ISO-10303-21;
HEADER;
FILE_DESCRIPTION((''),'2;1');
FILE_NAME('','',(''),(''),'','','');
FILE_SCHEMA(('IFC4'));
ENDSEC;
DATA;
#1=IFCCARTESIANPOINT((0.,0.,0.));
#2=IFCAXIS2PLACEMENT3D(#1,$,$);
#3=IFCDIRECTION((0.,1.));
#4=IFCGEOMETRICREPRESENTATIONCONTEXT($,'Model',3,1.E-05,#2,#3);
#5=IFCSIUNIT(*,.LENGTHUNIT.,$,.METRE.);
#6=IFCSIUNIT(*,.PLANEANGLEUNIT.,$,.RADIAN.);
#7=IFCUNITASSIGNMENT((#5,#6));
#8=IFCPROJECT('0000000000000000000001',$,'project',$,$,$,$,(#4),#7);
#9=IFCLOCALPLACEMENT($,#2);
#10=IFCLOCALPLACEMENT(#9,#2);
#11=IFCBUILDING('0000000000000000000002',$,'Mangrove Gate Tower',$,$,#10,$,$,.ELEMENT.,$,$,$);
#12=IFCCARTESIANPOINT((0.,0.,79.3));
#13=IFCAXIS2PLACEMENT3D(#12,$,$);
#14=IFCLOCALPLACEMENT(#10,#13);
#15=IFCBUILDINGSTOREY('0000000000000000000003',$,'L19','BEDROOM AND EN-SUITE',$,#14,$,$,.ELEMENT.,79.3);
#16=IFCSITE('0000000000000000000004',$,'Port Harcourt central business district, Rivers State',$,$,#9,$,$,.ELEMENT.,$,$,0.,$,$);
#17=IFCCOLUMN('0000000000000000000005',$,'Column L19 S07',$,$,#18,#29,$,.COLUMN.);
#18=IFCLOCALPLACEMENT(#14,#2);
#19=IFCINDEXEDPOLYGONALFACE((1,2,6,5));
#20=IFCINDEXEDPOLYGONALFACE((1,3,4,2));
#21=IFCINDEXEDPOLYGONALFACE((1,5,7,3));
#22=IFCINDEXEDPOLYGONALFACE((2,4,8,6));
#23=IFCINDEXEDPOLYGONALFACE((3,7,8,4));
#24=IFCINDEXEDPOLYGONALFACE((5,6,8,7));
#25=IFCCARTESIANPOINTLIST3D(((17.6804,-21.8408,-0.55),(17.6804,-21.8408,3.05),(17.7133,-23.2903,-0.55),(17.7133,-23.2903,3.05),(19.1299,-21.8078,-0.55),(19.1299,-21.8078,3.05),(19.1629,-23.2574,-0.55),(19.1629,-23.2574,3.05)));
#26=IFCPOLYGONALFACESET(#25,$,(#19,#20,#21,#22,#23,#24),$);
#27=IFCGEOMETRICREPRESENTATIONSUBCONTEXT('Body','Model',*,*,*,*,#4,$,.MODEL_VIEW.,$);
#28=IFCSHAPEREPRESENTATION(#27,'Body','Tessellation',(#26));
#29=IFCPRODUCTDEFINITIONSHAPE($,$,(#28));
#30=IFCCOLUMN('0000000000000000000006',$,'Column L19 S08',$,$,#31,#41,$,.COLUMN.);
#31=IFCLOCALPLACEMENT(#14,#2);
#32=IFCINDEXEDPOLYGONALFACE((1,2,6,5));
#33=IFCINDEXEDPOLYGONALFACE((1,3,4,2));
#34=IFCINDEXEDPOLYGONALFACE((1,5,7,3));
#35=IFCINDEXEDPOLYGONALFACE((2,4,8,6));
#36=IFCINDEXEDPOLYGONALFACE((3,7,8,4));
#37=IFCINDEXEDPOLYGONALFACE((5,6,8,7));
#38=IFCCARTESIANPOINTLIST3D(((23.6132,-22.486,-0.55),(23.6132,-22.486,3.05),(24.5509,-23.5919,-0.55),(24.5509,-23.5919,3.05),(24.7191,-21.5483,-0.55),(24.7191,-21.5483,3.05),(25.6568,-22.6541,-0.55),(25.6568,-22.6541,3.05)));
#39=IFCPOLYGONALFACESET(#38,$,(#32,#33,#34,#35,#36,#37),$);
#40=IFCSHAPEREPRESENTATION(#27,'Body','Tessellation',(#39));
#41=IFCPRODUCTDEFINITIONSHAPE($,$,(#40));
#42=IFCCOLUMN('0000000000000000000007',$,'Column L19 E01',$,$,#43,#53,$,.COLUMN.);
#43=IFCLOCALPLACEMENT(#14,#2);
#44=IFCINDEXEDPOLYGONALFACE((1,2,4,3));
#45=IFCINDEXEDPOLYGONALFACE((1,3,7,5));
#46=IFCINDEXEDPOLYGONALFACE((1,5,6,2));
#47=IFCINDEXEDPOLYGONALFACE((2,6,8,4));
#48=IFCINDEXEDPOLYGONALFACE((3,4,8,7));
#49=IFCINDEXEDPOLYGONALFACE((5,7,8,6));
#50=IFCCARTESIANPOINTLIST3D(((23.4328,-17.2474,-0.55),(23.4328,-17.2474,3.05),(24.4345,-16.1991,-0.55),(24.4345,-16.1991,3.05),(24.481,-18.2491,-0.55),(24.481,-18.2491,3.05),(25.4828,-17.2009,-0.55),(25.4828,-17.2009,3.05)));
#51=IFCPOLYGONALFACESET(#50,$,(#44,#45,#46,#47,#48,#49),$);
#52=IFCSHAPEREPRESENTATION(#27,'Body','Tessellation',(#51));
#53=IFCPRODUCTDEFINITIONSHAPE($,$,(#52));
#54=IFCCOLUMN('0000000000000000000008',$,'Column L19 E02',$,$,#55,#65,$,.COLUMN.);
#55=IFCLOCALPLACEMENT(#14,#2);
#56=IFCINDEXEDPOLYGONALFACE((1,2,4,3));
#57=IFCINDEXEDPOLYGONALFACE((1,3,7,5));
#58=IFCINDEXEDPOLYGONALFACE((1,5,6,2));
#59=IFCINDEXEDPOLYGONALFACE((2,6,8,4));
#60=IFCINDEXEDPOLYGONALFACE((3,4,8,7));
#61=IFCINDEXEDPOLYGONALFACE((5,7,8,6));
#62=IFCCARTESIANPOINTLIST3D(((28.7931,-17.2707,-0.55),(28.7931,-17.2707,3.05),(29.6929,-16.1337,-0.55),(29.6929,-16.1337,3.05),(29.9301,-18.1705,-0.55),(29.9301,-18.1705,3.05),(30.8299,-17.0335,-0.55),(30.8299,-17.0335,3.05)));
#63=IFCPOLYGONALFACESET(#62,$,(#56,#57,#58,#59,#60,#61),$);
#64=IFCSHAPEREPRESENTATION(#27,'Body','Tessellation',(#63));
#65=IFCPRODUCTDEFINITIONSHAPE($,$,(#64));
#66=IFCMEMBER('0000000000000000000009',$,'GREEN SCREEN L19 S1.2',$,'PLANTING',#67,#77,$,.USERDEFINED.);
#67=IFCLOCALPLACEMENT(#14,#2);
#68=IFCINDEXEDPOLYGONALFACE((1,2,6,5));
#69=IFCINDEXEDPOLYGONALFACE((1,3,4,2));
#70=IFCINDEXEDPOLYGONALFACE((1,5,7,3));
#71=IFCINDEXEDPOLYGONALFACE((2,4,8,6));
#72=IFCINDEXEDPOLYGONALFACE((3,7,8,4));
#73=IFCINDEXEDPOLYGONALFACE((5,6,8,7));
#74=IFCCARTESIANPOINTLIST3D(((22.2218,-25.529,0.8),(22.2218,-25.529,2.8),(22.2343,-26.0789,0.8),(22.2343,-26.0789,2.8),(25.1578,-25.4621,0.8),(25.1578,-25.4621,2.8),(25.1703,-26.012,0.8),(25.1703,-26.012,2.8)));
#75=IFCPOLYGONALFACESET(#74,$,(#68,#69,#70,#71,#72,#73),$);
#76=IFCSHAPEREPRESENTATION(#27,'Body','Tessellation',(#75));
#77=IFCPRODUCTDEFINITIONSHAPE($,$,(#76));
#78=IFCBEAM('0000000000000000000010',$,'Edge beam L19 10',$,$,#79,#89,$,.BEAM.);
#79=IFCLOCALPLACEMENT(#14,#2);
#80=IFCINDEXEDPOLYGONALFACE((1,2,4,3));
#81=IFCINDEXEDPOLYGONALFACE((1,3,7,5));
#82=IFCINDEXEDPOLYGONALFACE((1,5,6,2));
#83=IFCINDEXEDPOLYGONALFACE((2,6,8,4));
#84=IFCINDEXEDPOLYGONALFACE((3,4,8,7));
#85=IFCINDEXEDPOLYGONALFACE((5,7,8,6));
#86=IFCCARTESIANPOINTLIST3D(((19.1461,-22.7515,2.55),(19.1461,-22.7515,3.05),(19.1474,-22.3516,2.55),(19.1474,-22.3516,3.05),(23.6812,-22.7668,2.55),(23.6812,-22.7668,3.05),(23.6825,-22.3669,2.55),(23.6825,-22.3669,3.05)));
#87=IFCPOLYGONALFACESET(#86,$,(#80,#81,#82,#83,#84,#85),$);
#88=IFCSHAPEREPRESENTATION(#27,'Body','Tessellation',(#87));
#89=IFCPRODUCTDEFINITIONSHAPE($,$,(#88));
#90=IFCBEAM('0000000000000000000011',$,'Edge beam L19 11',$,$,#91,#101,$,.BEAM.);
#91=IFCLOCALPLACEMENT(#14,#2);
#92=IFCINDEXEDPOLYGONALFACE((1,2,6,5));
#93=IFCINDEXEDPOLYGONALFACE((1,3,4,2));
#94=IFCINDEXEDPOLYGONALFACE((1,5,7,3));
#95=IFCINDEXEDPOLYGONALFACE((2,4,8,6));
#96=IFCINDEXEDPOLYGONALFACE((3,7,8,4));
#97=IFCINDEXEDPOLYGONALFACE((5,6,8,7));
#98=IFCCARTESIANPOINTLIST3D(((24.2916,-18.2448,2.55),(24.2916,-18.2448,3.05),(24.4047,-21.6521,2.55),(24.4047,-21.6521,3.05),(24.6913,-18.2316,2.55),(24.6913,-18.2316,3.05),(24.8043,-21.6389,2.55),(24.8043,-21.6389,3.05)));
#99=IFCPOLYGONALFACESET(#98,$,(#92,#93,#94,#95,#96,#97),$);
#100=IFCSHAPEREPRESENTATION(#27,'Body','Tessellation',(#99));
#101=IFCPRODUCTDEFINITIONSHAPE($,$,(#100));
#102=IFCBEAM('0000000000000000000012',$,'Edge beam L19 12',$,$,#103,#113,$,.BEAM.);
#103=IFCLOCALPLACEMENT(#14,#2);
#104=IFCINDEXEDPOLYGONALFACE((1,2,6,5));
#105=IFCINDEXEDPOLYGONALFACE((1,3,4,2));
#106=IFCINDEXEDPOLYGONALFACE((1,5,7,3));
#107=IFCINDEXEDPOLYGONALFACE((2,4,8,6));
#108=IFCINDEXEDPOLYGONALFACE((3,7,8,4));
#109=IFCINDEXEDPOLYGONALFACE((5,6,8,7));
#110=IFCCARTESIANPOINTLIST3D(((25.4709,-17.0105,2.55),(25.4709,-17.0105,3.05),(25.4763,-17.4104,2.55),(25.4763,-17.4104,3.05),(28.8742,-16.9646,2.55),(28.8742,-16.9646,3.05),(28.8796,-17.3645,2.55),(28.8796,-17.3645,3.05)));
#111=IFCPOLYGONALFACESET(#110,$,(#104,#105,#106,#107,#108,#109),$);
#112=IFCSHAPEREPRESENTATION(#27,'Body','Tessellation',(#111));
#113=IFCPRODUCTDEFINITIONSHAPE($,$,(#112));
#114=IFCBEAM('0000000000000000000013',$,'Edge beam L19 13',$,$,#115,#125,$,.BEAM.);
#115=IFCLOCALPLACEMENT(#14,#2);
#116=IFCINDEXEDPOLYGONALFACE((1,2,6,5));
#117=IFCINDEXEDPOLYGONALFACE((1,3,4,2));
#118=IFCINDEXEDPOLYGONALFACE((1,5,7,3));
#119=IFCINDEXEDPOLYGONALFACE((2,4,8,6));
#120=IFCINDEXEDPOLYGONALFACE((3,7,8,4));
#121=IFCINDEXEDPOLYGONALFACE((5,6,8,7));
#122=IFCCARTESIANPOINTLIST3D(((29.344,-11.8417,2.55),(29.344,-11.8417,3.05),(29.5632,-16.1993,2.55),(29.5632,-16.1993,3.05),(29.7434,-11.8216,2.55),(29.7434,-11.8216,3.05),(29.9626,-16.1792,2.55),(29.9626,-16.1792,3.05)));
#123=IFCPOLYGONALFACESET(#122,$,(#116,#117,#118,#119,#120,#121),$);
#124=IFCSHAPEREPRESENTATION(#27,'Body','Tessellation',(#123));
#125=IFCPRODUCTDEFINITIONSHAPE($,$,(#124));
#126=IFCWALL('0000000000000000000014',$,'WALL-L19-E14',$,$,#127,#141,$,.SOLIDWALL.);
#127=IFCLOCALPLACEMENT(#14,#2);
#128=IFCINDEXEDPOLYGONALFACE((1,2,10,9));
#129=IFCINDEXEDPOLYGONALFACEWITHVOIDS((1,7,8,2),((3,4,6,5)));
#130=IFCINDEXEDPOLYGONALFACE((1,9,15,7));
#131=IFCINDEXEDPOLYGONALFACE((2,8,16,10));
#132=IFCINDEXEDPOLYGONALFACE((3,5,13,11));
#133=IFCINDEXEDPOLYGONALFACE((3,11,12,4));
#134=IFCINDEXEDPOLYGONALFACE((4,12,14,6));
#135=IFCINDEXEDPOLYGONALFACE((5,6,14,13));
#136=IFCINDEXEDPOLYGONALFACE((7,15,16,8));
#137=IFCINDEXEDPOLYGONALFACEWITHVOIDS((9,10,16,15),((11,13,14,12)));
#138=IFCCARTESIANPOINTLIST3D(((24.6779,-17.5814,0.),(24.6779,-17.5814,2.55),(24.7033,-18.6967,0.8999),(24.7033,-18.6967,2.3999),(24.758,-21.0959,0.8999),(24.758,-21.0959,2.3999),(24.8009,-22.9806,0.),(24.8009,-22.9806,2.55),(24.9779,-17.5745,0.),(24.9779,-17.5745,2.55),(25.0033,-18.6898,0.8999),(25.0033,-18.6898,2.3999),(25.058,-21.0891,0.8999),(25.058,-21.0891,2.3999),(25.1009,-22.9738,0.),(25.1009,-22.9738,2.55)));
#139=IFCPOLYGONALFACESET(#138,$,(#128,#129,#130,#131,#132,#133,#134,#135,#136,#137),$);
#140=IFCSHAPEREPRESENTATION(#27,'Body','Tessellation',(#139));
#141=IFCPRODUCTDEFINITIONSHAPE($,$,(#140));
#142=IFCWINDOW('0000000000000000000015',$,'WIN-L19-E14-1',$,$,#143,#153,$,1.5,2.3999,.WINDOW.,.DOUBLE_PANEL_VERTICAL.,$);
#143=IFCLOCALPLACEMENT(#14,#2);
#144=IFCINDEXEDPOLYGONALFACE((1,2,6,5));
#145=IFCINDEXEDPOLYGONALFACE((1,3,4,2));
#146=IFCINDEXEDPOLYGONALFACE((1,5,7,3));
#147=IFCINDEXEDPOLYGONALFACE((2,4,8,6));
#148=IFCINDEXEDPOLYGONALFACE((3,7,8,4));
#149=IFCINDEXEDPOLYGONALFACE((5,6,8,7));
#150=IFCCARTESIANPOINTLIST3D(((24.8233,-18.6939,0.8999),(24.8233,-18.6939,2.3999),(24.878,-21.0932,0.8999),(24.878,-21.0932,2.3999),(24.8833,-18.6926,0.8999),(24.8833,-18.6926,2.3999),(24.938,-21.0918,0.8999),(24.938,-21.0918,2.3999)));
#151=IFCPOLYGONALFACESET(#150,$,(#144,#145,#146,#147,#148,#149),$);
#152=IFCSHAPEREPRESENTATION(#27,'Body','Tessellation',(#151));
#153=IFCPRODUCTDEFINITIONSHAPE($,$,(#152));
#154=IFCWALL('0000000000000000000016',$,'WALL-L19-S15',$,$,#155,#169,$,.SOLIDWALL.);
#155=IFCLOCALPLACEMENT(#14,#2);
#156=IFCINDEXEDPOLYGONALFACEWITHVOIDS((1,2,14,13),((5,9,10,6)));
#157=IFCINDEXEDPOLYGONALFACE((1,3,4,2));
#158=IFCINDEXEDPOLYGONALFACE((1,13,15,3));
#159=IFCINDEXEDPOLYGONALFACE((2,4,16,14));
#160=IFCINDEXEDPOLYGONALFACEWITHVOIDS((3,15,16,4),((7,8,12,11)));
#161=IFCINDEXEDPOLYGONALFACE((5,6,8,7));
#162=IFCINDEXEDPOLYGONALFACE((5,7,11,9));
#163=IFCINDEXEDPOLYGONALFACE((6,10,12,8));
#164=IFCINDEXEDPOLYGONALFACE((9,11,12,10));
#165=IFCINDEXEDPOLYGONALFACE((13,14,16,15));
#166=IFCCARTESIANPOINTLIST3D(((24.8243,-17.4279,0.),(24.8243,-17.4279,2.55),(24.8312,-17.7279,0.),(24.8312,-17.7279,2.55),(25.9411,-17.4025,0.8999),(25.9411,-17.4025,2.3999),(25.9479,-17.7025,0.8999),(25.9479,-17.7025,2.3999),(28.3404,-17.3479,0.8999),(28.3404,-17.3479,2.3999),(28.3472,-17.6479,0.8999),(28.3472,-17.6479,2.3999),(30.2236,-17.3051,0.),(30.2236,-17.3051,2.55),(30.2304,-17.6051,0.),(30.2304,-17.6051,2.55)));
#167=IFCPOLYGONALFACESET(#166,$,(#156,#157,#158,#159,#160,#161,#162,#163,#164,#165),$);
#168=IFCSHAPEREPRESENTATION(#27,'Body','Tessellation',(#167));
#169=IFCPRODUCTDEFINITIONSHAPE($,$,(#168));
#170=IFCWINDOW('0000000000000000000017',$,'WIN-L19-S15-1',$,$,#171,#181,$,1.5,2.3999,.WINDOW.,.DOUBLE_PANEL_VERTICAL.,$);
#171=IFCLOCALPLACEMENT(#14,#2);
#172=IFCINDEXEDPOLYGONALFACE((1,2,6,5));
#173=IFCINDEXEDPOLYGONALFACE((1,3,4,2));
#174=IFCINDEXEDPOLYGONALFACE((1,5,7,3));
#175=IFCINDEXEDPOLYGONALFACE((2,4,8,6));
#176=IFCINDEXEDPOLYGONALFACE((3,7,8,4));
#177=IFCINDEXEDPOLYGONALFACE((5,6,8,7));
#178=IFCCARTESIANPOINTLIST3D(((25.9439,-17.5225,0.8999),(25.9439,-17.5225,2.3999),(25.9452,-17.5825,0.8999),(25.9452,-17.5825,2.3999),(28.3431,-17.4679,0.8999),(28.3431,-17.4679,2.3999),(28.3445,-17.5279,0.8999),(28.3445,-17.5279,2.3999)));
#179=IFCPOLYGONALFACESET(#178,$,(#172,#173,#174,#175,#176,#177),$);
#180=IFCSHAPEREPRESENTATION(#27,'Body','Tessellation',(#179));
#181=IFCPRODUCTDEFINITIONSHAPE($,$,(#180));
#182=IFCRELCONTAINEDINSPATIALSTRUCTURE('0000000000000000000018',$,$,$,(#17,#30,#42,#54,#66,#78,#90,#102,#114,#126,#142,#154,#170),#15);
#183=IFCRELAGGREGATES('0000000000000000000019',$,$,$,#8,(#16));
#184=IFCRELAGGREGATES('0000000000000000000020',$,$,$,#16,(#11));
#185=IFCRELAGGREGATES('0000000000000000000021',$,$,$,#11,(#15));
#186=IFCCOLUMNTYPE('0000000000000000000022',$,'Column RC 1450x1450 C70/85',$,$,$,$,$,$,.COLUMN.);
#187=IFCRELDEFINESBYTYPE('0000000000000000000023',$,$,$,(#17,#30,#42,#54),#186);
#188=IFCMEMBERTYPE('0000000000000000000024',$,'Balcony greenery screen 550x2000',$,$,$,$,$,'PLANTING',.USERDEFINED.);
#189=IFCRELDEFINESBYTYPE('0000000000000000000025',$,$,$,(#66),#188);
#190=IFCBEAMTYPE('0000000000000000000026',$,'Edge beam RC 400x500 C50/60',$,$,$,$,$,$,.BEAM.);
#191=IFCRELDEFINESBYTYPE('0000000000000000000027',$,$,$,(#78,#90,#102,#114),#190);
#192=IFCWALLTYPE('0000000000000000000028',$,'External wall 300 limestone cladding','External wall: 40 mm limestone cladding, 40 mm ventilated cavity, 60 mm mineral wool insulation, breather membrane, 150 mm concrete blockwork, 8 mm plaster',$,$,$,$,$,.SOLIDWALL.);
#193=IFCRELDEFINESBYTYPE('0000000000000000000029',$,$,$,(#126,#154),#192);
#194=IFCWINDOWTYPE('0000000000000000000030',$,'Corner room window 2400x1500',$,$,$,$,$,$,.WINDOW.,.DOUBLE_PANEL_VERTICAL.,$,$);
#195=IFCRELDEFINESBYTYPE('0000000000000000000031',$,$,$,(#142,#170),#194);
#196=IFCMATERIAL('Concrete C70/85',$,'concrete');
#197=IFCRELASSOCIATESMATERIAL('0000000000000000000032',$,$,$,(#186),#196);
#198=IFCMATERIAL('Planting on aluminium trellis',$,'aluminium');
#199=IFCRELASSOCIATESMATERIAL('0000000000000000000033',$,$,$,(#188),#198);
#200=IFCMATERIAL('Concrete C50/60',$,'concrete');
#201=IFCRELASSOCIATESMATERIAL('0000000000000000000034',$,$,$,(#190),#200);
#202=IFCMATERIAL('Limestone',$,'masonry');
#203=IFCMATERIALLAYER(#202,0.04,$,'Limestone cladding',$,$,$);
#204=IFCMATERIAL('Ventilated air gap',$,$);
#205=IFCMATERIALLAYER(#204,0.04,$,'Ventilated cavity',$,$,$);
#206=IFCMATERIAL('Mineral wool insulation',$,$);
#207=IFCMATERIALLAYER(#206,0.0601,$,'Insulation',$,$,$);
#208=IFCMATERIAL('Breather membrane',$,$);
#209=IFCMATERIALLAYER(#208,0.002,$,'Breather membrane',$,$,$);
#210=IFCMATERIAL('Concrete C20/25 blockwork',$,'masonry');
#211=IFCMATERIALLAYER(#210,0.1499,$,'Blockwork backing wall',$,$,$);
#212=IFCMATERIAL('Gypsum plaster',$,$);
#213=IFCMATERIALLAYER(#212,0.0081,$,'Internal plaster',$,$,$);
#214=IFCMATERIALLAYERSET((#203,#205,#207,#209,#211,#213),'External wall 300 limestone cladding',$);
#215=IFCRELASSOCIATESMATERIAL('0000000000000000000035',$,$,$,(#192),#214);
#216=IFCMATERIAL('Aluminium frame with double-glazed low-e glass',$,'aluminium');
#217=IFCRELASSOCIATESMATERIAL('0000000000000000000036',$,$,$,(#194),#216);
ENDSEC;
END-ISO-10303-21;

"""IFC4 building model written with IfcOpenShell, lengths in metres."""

from ifc_helpers import new_model, si_unit, direction, frame, frame_2d, origin, origin_2d, place, context, subcontext, project, spatial, rectangle, extrude, material, layer, layer_set, material_profile, profile_set, type_object, element, fill, save


model = new_model("IFC4")

# Units and contexts
model_context = context("Model", 3, precision=1e-05, world=origin(), true_north=direction((0.0, 1.0)))
body_context = subcontext(model_context, "Body", "Model", "MODEL_VIEW")
ifc_project = project(units=[si_unit("LENGTHUNIT", "METRE"), si_unit("PLANEANGLEUNIT", "RADIAN")], contexts=[model_context])

# Site, building, storey
site_placement = place(None, origin())
site = spatial("IfcSite", under=ifc_project, at=site_placement, Name="Port Harcourt central business district, Rivers State", CompositionType="ELEMENT", RefElevation=0.0)
building_placement = place(site_placement, origin())
building = spatial("IfcBuilding", under=site, at=building_placement, Name="Mangrove Gate Tower", CompositionType="ELEMENT")
storey_placement = place(building_placement, frame((0.0, 0.0, 79.3)))
storey = spatial("IfcBuildingStorey", under=building, at=storey_placement, Name="L19", Description="BEDROOM AND EN-SUITE", CompositionType="ELEMENT", Elevation=79.3)

# Columns
ifc_material_1 = material(Name="Concrete C70/85", Category="concrete")
ifc_material_profile_1 = material_profile(ifc_material_1, rectangle(XDim=1.45, YDim=1.45, at=origin_2d()))
ifc_profile_set_1 = profile_set([ifc_material_profile_1], Name="Concrete C70/85")
column_type = type_object("IfcColumnType", Name="Column RC 1450x1450 C70/85", PredefinedType="COLUMN", material=ifc_profile_set_1)
for number, where, z_axis, x_axis, name in (
    (1, (18.4216, -22.5491, -0.55), (0.0, 0.0, 1.0), (0.999742, 0.022723, 0.0), "Column L19 S07"),
    (2, (24.635, -22.5701, -0.55), (0.0, 0.0, 1.0), (0.762709, 0.646741, 0.0), "Column L19 S08"),
    (3, (24.4578, -17.2241, -0.55), (0.0, 0.0, 1.0), (0.690884, 0.722966, 0.0), "Column L19 E01"),
    (4, (29.8115, -17.1521, -0.55), (0.0, 0.0, 1.0), (0.620564, 0.784156, 0.0), "Column L19 E02"),
):
    element("IfcColumn", number, at=place(storey_placement, frame(where, z_axis=z_axis, x_axis=x_axis)), inside=storey, type_object=column_type, Name=name, PredefinedType="COLUMN", context=body_context, shape_type="SweptSolid", body=[
        extrude(rectangle(XDim=1.45, YDim=1.45, at=origin_2d()), origin(), (0.0, 0.0, 1.0), 3.6001),
    ])

# Member
ifc_material_2 = material(Name="Planting on aluminium trellis", Category="aluminium")
ifc_material_profile_2 = material_profile(ifc_material_2, rectangle(XDim=0.55, YDim=2.0, at=origin_2d()))
ifc_profile_set_2 = profile_set([ifc_material_profile_2], Name="Planting on aluminium trellis")
member_type = type_object("IfcMemberType", Name="Balcony greenery screen 550x2000", ElementType="PLANTING", PredefinedType="USERDEFINED", material=ifc_profile_set_2)
member_placement = place(storey_placement, frame((22.228, -25.804, 1.8), z_axis=(0.999741, 0.022778, 0.0), x_axis=(-0.022778, 0.999741, 0.0)))
element("IfcMember", 5, at=member_placement, inside=storey, type_object=member_type, Name="GREEN SCREEN L19 S1.2", ObjectType="PLANTING", PredefinedType="USERDEFINED", context=body_context, shape_type="SweptSolid", body=[
    extrude(rectangle(XDim=0.55, YDim=2.0, at=origin_2d()), origin(), (0.0, 0.0, 1.0), 2.9368),
])

# Beams
ifc_material_3 = material(Name="Concrete C50/60", Category="concrete")
ifc_material_profile_3 = material_profile(ifc_material_3, rectangle(XDim=0.3999, YDim=0.5, at=origin_2d()))
ifc_profile_set_3 = profile_set([ifc_material_profile_3], Name="Concrete C50/60")
beam_type = type_object("IfcBeamType", Name="Edge beam RC 400x500 C50/60", PredefinedType="BEAM", material=ifc_profile_set_3)
beam_1_placement = place(storey_placement, frame((19.1467, -22.5515, 2.8), z_axis=(0.999994, -0.003391, 0.0), x_axis=(0.003391, 0.999994, 0.0)))
element("IfcBeam", 6, at=beam_1_placement, inside=storey, type_object=beam_type, Name="Edge beam L19 10", PredefinedType="BEAM", context=body_context, shape_type="SweptSolid", body=[
    extrude(rectangle(XDim=0.3999, YDim=0.5, at=origin_2d()), origin(), (0.0, 0.0, 1.0), 4.5352),
])
beam_2_placement = place(storey_placement, frame((24.6045, -21.6455, 2.8), z_axis=(-0.033157, 0.99945, 0.0), x_axis=(-0.99945, -0.033157, 0.0)))
element("IfcBeam", 7, at=beam_2_placement, inside=storey, type_object=beam_type, Name="Edge beam L19 11", PredefinedType="BEAM", context=body_context, shape_type="SweptSolid", body=[
    extrude(rectangle(XDim=0.3999, YDim=0.5, at=origin_2d()), origin(), (0.0, 0.0, 1.0), 3.4092),
])
beam_3_placement = place(storey_placement, frame((25.4736, -17.2104, 2.8), z_axis=(0.999909, 0.013485, 0.0), x_axis=(-0.013485, 0.999909, 0.0)))
element("IfcBeam", 8, at=beam_3_placement, inside=storey, type_object=beam_type, Name="Edge beam L19 12", PredefinedType="BEAM", context=body_context, shape_type="SweptSolid", body=[
    extrude(rectangle(XDim=0.3999, YDim=0.5, at=origin_2d()), origin(), (0.0, 0.0, 1.0), 3.4036),
])
beam_4_placement = place(storey_placement, frame((29.7629, -16.1892, 2.8), z_axis=(-0.05025, 0.998737, 0.0), x_axis=(-0.998737, -0.05025, 0.0)))
element("IfcBeam", 9, at=beam_4_placement, inside=storey, type_object=beam_type, Name="Edge beam L19 13", PredefinedType="BEAM", context=body_context, shape_type="SweptSolid", body=[
    extrude(rectangle(XDim=0.3999, YDim=0.5, at=origin_2d()), origin(), (0.0, 0.0, 1.0), 4.363),
])

# Shared definitions
ifc_material_4 = material(Name="Limestone", Category="masonry")
ifc_layer_1 = layer(ifc_material_4, 0.04, Name="Limestone cladding")
ifc_material_5 = material(Name="Ventilated air gap")
ifc_layer_2 = layer(ifc_material_5, 0.04, Name="Ventilated cavity")
ifc_material_6 = material(Name="Mineral wool insulation")
ifc_layer_3 = layer(ifc_material_6, 0.0601, Name="Insulation")
ifc_material_7 = material(Name="Breather membrane")
ifc_layer_4 = layer(ifc_material_7, 0.002, Name="Breather membrane")
ifc_material_8 = material(Name="Concrete C20/25 blockwork", Category="masonry")
ifc_layer_5 = layer(ifc_material_8, 0.1499, Name="Blockwork backing wall")
ifc_material_9 = material(Name="Gypsum plaster")
ifc_layer_6 = layer(ifc_material_9, 0.0081, Name="Internal plaster")
ifc_layer_set_1 = layer_set([ifc_layer_1, ifc_layer_2, ifc_layer_3, ifc_layer_4, ifc_layer_5, ifc_layer_6], Name="External wall 300 limestone cladding")
wall_type_1 = type_object("IfcWallType", Name="External wall 300 limestone cladding", Description="External wall: 40 mm limestone cladding, 40 mm ventilated cavity, 60 mm mineral wool insulation, breather membrane, 150 mm concrete blockwork, 8 mm plaster", PredefinedType="SOLIDWALL", material=ifc_layer_set_1)

# Walls, openings, windows
wall_1_placement = place(storey_placement, frame((24.9509, -22.9771, 0.0), z_axis=(0.0, 0.0, 1.0), x_axis=(-0.022784, 0.99974, 0.0)))
wall_1 = element("IfcWall", 10, at=wall_1_placement, inside=storey, type_object=wall_type_1, Name="WALL-L19-E14", PredefinedType="SOLIDWALL", context=body_context, shape_type="SweptSolid", body=[
    extrude(rectangle(XDim=5.4006, YDim=0.3, at=frame_2d((2.7002, 0.0))), origin(), (0.0, 0.0, 1.0), 2.55),
])
opening_1_placement = place(wall_1_placement, frame((1.885, 0.0, 0.8999)))
opening_1 = element("IfcOpeningElement", 11, at=opening_1_placement, cuts=wall_1, PredefinedType="OPENING", context=body_context, shape_type="SweptSolid", body=[
    extrude(rectangle(XDim=2.3999, YDim=1.5, at=frame_2d((1.2, 0.75))), frame((0.0, 0.1599, 0.0), z_axis=(0.0, -1.0, 0.0), x_axis=(1.0, 0.0, 0.0)), (0.0, 0.0, 1.0), 0.3201),
])
ifc_material_10 = material(Name="Aluminium frame with double-glazed low-e glass", Category="aluminium")
window_type_1 = type_object("IfcWindowType", Name="Corner room window 2400x1500", PartitioningType="DOUBLE_PANEL_VERTICAL", PredefinedType="WINDOW", material=ifc_material_10)
window_1_placement = place(opening_1_placement, origin())
window_1 = element("IfcWindow", 12, at=window_1_placement, inside=storey, type_object=window_type_1, Name="WIN-L19-E14-1", OverallHeight=1.5, OverallWidth=2.3999, PartitioningType="DOUBLE_PANEL_VERTICAL", PredefinedType="WINDOW", context=body_context, shape_type="SweptSolid", body=[
    extrude(rectangle(XDim=2.3999, YDim=1.5, at=frame_2d((1.2, 0.75))), frame((0.0, 0.03, 0.0), z_axis=(0.0, -1.0, 0.0), x_axis=(1.0, 0.0, 0.0)), (0.0, 0.0, 1.0), 0.0601),
])
fill(opening_1, window_1)
wall_2_placement = place(storey_placement, frame((24.8279, -17.5779, 0.0), z_axis=(0.0, 0.0, 1.0), x_axis=(0.999741, 0.022739, 0.0)))
wall_2 = element("IfcWall", 13, at=wall_2_placement, inside=storey, type_object=wall_type_1, Name="WALL-L19-S15", PredefinedType="SOLIDWALL", context=body_context, shape_type="SweptSolid", body=[
    extrude(rectangle(XDim=5.4006, YDim=0.3, at=frame_2d((2.7002, 0.0))), origin(), (0.0, 0.0, 1.0), 2.55),
])
opening_2_placement = place(wall_2_placement, frame((1.1169, 0.0, 0.8999)))
opening_2 = element("IfcOpeningElement", 14, at=opening_2_placement, cuts=wall_2, PredefinedType="OPENING", context=body_context, shape_type="SweptSolid", body=[
    extrude(rectangle(XDim=2.3999, YDim=1.5, at=frame_2d((1.2, 0.75))), frame((0.0, 0.1599, 0.0), z_axis=(0.0, -1.0, 0.0), x_axis=(1.0, 0.0, 0.0)), (0.0, 0.0, 1.0), 0.3201),
])
window_2_placement = place(opening_2_placement, origin())
window_2 = element("IfcWindow", 15, at=window_2_placement, inside=storey, type_object=window_type_1, Name="WIN-L19-S15-1", OverallHeight=1.5, OverallWidth=2.3999, PartitioningType="DOUBLE_PANEL_VERTICAL", PredefinedType="WINDOW", context=body_context, shape_type="SweptSolid", body=[
    extrude(rectangle(XDim=2.3999, YDim=1.5, at=frame_2d((1.2, 0.75))), frame((0.0, 0.03, 0.0), z_axis=(0.0, -1.0, 0.0), x_axis=(1.0, 0.0, 0.0)), (0.0, 0.0, 1.0), 0.0601),
])
fill(opening_2, window_2)

save(model, "model.ifc")
